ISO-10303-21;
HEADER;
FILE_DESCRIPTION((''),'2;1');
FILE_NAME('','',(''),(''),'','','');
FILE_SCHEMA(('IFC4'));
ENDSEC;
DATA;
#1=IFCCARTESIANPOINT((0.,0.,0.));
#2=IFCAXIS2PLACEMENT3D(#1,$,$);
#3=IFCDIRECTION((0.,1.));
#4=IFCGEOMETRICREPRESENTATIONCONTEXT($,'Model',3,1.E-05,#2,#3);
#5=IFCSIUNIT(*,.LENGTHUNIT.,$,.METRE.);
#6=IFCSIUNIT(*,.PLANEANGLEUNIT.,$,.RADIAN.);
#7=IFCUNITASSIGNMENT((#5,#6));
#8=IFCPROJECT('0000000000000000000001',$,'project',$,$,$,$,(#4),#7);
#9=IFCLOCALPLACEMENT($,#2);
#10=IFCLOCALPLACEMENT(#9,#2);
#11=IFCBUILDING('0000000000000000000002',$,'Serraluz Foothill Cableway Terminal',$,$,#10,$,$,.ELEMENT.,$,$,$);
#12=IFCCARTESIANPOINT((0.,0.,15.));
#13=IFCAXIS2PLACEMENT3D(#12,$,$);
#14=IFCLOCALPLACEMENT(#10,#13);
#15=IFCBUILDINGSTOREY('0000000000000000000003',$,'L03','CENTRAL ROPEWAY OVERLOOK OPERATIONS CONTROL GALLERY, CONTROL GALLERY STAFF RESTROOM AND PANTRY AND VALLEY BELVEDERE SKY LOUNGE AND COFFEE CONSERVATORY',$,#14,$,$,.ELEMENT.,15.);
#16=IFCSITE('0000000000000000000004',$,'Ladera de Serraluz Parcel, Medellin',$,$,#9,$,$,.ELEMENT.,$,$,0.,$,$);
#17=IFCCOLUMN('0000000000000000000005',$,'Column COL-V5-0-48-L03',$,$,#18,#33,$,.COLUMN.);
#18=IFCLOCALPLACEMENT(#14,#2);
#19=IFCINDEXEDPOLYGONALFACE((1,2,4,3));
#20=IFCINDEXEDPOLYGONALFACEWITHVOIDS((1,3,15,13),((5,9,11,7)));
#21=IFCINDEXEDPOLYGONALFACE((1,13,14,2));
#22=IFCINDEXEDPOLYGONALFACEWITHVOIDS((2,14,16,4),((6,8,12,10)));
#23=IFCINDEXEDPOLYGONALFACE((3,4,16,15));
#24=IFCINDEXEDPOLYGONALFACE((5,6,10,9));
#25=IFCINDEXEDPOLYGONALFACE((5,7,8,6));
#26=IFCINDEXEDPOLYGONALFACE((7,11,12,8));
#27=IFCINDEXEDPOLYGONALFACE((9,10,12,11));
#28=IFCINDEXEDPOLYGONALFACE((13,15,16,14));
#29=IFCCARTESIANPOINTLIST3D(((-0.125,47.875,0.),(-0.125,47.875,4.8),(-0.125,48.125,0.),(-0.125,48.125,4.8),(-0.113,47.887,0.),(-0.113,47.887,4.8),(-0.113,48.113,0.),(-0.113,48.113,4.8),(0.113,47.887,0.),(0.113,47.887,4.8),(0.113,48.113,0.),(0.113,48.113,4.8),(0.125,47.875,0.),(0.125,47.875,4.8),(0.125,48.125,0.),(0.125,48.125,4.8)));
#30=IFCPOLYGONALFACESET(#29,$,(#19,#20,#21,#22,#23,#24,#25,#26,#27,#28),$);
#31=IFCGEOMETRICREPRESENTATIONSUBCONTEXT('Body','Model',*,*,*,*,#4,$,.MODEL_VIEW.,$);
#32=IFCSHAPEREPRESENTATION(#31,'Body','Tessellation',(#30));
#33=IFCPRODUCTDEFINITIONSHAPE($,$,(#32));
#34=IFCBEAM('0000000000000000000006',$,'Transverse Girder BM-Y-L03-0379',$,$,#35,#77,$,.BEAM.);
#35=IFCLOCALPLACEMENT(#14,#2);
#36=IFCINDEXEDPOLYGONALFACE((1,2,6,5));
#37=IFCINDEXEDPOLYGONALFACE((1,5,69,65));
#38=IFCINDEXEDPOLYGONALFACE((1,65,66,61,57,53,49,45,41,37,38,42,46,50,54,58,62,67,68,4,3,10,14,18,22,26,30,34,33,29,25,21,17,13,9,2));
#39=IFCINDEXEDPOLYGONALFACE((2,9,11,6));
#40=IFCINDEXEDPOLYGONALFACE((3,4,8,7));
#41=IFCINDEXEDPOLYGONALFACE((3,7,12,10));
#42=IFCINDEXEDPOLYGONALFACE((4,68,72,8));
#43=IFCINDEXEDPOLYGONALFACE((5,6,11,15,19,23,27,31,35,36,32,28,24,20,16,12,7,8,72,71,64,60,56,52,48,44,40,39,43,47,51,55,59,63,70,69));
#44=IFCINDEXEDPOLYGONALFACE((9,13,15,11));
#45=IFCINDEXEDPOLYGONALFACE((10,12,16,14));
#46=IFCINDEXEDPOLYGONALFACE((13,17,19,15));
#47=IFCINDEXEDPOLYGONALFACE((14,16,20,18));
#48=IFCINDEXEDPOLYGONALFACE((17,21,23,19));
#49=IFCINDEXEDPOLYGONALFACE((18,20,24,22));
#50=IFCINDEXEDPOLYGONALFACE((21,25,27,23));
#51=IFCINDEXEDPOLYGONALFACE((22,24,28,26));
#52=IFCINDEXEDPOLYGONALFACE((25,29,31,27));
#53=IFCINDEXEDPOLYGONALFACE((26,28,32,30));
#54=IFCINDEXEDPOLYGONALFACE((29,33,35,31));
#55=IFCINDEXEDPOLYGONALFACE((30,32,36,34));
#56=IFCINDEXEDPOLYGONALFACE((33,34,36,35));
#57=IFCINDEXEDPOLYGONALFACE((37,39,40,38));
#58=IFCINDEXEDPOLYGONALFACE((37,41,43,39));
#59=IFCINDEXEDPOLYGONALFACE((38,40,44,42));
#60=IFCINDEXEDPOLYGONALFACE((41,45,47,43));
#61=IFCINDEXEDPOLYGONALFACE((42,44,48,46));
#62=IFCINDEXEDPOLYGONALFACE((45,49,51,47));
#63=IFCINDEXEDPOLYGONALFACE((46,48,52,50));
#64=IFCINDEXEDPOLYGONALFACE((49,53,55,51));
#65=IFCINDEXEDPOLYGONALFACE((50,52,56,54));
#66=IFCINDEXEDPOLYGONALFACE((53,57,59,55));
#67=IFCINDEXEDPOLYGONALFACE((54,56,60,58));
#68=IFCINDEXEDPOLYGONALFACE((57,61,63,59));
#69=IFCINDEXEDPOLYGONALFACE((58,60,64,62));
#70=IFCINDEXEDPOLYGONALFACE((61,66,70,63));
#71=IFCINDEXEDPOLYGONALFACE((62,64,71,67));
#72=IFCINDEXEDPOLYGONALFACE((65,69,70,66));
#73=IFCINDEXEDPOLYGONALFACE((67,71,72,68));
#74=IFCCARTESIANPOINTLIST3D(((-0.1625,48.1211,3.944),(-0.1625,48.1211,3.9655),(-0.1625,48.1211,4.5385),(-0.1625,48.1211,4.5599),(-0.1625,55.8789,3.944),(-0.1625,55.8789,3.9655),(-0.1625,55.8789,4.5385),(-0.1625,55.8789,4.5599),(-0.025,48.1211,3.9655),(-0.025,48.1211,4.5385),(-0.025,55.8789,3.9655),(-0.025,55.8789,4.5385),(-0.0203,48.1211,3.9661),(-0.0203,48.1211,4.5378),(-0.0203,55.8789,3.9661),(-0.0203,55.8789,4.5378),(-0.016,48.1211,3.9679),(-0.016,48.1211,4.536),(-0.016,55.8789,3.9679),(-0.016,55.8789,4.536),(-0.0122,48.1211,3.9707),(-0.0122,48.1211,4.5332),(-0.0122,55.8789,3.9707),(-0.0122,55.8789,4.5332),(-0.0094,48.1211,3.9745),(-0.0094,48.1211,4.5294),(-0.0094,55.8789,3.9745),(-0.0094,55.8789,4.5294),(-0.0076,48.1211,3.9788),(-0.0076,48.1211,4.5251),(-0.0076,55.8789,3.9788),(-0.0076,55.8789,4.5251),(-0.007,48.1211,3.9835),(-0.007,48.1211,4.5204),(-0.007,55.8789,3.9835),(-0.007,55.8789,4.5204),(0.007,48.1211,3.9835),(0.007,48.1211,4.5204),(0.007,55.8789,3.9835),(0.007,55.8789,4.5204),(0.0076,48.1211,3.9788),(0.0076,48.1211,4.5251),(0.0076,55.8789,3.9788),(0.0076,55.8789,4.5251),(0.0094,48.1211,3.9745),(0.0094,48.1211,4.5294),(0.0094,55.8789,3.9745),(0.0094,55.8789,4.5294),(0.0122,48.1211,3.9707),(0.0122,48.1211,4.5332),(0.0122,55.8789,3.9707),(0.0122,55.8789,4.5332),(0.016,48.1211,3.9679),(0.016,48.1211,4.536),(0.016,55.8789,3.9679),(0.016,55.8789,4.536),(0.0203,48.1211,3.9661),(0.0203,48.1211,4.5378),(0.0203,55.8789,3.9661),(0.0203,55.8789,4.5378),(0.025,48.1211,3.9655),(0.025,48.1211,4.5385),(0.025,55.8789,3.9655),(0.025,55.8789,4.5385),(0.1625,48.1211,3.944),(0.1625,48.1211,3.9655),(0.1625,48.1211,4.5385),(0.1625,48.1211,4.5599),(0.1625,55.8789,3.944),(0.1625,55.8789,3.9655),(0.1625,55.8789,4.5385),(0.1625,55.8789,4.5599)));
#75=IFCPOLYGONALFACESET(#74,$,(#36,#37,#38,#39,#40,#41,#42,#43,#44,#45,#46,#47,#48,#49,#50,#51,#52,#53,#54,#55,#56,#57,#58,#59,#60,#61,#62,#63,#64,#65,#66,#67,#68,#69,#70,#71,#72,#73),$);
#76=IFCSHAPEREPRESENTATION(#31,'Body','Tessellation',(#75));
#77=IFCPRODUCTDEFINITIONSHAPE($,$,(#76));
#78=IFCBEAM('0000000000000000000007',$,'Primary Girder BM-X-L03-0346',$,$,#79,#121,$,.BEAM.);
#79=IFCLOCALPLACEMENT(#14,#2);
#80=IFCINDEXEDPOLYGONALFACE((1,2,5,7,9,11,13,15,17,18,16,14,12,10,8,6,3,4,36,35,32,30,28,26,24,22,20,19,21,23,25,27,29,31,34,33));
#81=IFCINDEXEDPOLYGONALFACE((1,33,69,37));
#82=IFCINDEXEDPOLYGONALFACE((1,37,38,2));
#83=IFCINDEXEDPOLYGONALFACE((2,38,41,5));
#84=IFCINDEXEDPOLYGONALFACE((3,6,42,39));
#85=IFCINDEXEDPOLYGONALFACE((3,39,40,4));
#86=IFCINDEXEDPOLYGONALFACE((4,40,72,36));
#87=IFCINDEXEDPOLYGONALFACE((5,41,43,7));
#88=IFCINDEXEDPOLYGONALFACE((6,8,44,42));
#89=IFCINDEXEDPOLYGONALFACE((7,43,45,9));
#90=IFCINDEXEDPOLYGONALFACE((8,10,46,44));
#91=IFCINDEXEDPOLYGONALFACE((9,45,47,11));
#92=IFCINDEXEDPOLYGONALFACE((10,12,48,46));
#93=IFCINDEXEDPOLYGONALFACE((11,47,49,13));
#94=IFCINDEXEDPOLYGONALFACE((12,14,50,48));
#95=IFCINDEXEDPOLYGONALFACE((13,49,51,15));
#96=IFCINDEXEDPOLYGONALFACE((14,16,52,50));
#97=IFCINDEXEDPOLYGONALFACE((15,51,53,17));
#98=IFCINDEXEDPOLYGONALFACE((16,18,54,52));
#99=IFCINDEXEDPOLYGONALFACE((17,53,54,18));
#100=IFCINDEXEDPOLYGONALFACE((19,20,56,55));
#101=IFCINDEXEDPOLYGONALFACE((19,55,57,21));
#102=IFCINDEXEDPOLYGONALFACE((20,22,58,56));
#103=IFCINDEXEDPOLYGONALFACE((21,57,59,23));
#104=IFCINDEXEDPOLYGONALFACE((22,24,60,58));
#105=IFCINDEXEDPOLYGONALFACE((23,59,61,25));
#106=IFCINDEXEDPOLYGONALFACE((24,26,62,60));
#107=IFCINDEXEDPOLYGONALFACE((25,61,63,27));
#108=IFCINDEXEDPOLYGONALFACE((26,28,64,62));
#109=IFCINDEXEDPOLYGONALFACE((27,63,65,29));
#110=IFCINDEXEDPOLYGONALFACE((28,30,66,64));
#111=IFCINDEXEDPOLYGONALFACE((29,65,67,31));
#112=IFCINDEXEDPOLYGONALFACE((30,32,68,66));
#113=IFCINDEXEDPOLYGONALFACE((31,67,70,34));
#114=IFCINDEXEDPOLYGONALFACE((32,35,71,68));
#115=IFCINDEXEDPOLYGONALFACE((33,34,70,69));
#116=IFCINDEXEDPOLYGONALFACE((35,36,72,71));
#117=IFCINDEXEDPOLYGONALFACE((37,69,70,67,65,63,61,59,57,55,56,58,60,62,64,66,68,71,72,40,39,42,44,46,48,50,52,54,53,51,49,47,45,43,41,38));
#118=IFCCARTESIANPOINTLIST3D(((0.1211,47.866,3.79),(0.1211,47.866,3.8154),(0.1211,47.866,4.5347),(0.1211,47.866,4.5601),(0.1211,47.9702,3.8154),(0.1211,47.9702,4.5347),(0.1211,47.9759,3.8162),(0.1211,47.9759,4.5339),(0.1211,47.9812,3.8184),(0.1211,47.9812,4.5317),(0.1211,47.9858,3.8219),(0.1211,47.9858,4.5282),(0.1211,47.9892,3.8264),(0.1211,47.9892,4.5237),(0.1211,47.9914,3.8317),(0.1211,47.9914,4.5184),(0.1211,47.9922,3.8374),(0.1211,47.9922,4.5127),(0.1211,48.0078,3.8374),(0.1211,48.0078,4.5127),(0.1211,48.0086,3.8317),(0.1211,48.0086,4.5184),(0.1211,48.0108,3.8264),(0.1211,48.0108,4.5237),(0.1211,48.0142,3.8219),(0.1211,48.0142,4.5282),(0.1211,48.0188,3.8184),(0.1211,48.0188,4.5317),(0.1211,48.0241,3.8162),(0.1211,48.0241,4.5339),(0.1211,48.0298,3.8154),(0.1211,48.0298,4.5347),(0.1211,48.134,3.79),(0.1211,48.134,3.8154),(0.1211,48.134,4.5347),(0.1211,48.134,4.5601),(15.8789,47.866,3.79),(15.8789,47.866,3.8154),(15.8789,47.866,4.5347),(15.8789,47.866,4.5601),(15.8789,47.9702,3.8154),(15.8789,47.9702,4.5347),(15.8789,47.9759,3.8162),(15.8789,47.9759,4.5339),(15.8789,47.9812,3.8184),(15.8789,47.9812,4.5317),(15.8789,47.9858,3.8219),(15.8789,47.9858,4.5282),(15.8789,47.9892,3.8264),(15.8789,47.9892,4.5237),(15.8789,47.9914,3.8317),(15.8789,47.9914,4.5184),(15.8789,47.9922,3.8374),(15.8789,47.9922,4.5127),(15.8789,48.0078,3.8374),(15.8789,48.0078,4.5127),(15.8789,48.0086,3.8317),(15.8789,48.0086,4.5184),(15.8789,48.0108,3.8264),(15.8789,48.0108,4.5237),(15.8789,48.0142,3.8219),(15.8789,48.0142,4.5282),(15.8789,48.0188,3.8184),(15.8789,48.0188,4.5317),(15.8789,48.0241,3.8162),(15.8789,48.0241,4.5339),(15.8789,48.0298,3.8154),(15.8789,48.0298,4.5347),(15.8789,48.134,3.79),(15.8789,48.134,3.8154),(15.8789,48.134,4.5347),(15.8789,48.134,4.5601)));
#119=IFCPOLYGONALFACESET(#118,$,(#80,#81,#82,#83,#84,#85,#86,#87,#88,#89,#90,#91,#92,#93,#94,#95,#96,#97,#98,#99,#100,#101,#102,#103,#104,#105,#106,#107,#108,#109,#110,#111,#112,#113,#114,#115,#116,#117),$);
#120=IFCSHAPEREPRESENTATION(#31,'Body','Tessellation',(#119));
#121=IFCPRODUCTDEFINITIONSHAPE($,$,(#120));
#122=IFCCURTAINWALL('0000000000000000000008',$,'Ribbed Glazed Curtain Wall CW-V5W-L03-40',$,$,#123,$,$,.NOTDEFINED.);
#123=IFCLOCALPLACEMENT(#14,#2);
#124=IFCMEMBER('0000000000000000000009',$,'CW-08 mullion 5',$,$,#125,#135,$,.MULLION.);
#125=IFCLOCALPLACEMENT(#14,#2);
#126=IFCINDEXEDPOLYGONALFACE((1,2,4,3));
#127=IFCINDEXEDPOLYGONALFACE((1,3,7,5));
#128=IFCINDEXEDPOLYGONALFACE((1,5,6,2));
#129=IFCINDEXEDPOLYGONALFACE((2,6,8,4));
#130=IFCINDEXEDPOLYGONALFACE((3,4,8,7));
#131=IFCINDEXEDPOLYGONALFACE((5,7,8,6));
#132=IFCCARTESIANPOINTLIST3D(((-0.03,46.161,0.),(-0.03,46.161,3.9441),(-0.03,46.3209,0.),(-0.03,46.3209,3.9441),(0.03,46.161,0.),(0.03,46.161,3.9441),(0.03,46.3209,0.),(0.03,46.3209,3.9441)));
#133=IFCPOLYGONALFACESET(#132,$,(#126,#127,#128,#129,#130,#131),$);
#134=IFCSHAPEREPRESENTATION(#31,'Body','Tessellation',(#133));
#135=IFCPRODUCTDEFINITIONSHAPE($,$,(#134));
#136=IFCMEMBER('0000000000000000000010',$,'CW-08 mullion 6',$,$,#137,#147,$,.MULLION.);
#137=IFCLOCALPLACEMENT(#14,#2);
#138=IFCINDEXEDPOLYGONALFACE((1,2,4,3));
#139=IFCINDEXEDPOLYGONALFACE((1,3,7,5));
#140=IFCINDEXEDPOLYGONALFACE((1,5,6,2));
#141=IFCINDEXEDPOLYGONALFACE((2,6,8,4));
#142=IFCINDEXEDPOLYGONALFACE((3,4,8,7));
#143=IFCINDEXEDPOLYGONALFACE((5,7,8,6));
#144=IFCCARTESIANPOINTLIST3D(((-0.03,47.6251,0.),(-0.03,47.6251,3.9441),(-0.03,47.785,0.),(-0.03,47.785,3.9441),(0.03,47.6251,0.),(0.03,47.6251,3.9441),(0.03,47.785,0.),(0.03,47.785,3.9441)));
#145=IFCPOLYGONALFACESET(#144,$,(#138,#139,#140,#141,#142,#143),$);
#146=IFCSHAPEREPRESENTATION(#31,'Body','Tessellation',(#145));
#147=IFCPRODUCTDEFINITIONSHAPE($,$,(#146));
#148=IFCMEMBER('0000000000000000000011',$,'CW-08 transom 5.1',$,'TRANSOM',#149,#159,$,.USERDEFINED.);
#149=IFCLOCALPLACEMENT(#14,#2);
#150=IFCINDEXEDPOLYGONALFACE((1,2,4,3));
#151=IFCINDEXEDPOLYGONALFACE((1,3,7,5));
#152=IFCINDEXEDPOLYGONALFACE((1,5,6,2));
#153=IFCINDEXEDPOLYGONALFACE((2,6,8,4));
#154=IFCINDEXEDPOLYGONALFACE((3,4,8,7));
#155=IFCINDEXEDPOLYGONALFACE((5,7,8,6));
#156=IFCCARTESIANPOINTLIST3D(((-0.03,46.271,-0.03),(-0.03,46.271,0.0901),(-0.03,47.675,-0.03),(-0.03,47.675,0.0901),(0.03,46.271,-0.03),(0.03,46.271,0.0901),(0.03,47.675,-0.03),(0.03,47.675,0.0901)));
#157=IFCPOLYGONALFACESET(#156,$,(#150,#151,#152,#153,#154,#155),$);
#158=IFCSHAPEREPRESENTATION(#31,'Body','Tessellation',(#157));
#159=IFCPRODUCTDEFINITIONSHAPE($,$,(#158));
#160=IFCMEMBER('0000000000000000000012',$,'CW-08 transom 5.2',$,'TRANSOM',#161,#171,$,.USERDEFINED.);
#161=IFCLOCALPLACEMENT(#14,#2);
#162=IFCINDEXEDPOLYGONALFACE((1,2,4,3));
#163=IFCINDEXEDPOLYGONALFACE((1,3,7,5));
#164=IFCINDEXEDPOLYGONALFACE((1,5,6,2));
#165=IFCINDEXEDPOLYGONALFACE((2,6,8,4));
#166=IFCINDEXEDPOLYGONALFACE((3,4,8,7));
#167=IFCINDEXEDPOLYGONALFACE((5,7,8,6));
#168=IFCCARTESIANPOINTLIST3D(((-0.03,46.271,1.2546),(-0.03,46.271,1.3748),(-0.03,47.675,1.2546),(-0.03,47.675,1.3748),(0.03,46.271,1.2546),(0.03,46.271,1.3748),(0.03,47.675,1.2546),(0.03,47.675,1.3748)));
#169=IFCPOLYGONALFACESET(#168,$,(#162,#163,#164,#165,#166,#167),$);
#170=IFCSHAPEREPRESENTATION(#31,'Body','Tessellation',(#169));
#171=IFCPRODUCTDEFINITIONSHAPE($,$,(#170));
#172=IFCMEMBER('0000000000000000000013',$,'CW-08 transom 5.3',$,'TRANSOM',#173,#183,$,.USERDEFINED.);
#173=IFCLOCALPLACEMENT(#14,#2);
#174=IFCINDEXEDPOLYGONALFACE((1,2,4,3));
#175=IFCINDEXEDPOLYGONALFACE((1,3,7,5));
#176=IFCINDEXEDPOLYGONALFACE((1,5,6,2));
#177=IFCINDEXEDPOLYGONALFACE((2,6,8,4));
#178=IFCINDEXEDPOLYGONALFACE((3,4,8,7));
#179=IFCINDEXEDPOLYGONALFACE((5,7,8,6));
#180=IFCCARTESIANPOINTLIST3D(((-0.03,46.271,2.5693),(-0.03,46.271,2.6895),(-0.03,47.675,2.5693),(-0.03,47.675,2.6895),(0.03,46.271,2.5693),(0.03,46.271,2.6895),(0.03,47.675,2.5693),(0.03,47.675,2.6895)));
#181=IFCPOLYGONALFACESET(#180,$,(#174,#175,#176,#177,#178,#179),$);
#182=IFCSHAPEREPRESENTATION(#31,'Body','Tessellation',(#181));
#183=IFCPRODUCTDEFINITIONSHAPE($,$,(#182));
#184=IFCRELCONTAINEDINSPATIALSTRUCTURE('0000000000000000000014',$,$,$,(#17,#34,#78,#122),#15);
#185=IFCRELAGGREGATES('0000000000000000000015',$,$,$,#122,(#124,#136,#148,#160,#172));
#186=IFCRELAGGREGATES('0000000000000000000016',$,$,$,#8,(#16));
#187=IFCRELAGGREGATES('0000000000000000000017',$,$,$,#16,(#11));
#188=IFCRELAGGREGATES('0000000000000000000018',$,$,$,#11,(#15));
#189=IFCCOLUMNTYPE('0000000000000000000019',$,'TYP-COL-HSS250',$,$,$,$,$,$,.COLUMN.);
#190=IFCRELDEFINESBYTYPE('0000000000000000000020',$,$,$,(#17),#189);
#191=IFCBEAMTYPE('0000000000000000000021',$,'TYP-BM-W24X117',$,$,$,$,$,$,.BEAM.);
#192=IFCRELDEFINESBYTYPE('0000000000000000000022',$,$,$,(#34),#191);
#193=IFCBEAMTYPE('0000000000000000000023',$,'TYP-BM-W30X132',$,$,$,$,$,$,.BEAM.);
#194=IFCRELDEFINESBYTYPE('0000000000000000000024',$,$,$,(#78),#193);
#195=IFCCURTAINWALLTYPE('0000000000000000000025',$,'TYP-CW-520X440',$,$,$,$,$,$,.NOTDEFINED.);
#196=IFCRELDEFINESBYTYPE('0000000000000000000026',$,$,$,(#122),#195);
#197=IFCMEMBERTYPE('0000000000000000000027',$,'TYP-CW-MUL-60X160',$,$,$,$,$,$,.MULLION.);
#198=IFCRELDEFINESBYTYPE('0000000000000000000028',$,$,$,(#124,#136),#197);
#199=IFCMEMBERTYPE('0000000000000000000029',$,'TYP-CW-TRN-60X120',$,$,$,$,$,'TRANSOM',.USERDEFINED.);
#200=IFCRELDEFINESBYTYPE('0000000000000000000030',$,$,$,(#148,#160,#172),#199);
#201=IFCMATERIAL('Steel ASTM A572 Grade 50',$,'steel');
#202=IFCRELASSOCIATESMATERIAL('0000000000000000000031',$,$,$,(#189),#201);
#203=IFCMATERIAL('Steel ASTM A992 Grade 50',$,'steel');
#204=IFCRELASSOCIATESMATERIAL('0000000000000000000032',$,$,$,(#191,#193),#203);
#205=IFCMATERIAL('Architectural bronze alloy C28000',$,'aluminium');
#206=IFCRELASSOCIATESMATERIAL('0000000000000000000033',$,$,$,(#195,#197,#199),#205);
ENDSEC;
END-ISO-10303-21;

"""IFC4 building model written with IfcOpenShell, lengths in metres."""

from ifc_helpers import new_model, si_unit, direction, frame, origin, origin_2d, place, context, subcontext, project, spatial, rectangle, hollow_rectangle, i_section, extrude, material, material_profile, profile_set, type_object, element, aggregate, save


model = new_model("IFC4")

# Units and contexts
model_context = context("Model", 3, precision=1e-05, world=origin(), true_north=direction((0.0, 1.0)))
body_context = subcontext(model_context, "Body", "Model", "MODEL_VIEW")
ifc_project = project(units=[si_unit("LENGTHUNIT", "METRE"), si_unit("PLANEANGLEUNIT", "RADIAN")], contexts=[model_context])

# Site, building, storey
site_placement = place(None, origin())
site = spatial("IfcSite", under=ifc_project, at=site_placement, Name="Ladera de Serraluz Parcel, Medellin", CompositionType="ELEMENT", RefElevation=0.0)
building_placement = place(site_placement, origin())
building = spatial("IfcBuilding", under=site, at=building_placement, Name="Serraluz Foothill Cableway Terminal", CompositionType="ELEMENT")
storey_placement = place(building_placement, frame((0.0, 0.0, 15.0)))
storey = spatial("IfcBuildingStorey", under=building, at=storey_placement, Name="L03", Description="CENTRAL ROPEWAY OVERLOOK OPERATIONS CONTROL GALLERY, CONTROL GALLERY STAFF RESTROOM AND PANTRY AND VALLEY BELVEDERE SKY LOUNGE AND COFFEE CONSERVATORY", CompositionType="ELEMENT", Elevation=15.0)

# Column
ifc_material_1 = material(Name="Steel ASTM A572 Grade 50", Category="steel")
ifc_material_profile_1 = material_profile(ifc_material_1, hollow_rectangle(XDim=0.25, YDim=0.25, WallThickness=0.012, at=origin_2d()), Name="HSS250X250X12")
ifc_profile_set_1 = profile_set([ifc_material_profile_1], Name="Steel ASTM A572 Grade 50")
column_type = type_object("IfcColumnType", Name="TYP-COL-HSS250", PredefinedType="COLUMN", material=ifc_profile_set_1)
column_placement = place(storey_placement, frame((0.0, 48.0, 0.0), z_axis=(0.0, 0.0, 1.0), x_axis=(1.0, 0.0, 0.0)))
element("IfcColumn", 1, at=column_placement, inside=storey, type_object=column_type, Name="Column COL-V5-0-48-L03", PredefinedType="COLUMN", context=body_context, shape_type="SweptSolid", body=[
    extrude(hollow_rectangle(XDim=0.25, YDim=0.25, WallThickness=0.012, at=origin_2d()), origin(), (0.0, 0.0, 1.0), 4.8),
])

# Beams
ifc_material_2 = material(Name="Steel ASTM A992 Grade 50", Category="steel")
ifc_material_profile_2 = material_profile(ifc_material_2, i_section(OverallWidth=0.325, OverallDepth=0.616, WebThickness=0.0139, FlangeThickness=0.0215, FilletRadius=0.0181, at=origin_2d()), Name="W24X117")
ifc_profile_set_2 = profile_set([ifc_material_profile_2], Name="Steel ASTM A992 Grade 50")
beam_type_1 = type_object("IfcBeamType", Name="TYP-BM-W24X117", PredefinedType="BEAM", material=ifc_profile_set_2)
beam_1_placement = place(storey_placement, frame((0.0, 48.1211, 4.252), z_axis=(0.0, 1.0, 0.0), x_axis=(-1.0, 0.0, 0.0)))
element("IfcBeam", 2, at=beam_1_placement, inside=storey, type_object=beam_type_1, Name="Transverse Girder BM-Y-L03-0379", PredefinedType="BEAM", context=body_context, shape_type="SweptSolid", body=[
    extrude(i_section(OverallWidth=0.325, OverallDepth=0.616, WebThickness=0.0139, FlangeThickness=0.0215, FilletRadius=0.0181, at=origin_2d()), origin(), (0.0, 0.0, 1.0), 7.7578),
])
ifc_material_profile_3 = material_profile(ifc_material_2, i_section(OverallWidth=0.2681, OverallDepth=0.77, WebThickness=0.0156, FlangeThickness=0.0254, FilletRadius=0.022, at=origin_2d()), Name="W30X132")
ifc_profile_set_3 = profile_set([ifc_material_profile_3], Name="Steel ASTM A992 Grade 50")
beam_type_2 = type_object("IfcBeamType", Name="TYP-BM-W30X132", PredefinedType="BEAM", material=ifc_profile_set_3)
beam_2_placement = place(storey_placement, frame((0.1211, 48.0, 4.175), z_axis=(1.0, 0.0, 0.0), x_axis=(0.0, 1.0, 0.0)))
element("IfcBeam", 3, at=beam_2_placement, inside=storey, type_object=beam_type_2, Name="Primary Girder BM-X-L03-0346", PredefinedType="BEAM", context=body_context, shape_type="SweptSolid", body=[
    extrude(i_section(OverallWidth=0.2681, OverallDepth=0.77, WebThickness=0.0156, FlangeThickness=0.0254, FilletRadius=0.022, at=origin_2d()), origin(), (0.0, 0.0, 1.0), 15.7578),
])

# Curtain wall, members
ifc_material_3 = material(Name="Architectural bronze alloy C28000", Category="aluminium")
curtain_wall_type = type_object("IfcCurtainWallType", Name="TYP-CW-520X440", PredefinedType="NOTDEFINED", material=ifc_material_3)
curtain_wall_placement = place(storey_placement, origin())
curtain_wall = element("IfcCurtainWall", 4, at=curtain_wall_placement, inside=storey, type_object=curtain_wall_type, Name="Ribbed Glazed Curtain Wall CW-V5W-L03-40", PredefinedType="NOTDEFINED")
ifc_material_profile_4 = material_profile(ifc_material_3, rectangle(XDim=0.0601, YDim=0.1599, at=origin_2d()), Name="ALU MULLION 60x160")
ifc_profile_set_4 = profile_set([ifc_material_profile_4], Name="Architectural bronze alloy C28000")
member_type_1 = type_object("IfcMemberType", Name="TYP-CW-MUL-60X160", PredefinedType="MULLION", material=ifc_profile_set_4)
member_1_placement = place(storey_placement, frame((0.0, 46.241, 0.0), z_axis=(0.0, 0.0, 1.0), x_axis=(-1.0, 0.0, 0.0)))
member_1 = element("IfcMember", 5, at=member_1_placement, type_object=member_type_1, Name="CW-08 mullion 5", PredefinedType="MULLION", context=body_context, shape_type="SweptSolid", body=[
    extrude(rectangle(XDim=0.0601, YDim=0.1599, at=origin_2d()), origin(), (0.0, 0.0, 1.0), 3.9441),
])
member_2_placement = place(storey_placement, frame((0.0, 47.7051, 0.0), z_axis=(0.0, 0.0, 1.0), x_axis=(-1.0, 0.0, 0.0)))
member_2 = element("IfcMember", 6, at=member_2_placement, type_object=member_type_1, Name="CW-08 mullion 6", PredefinedType="MULLION", context=body_context, shape_type="SweptSolid", body=[
    extrude(rectangle(XDim=0.0601, YDim=0.1599, at=origin_2d()), origin(), (0.0, 0.0, 1.0), 3.9441),
])
ifc_material_profile_5 = material_profile(ifc_material_3, rectangle(XDim=0.0601, YDim=0.1201, at=origin_2d()), Name="ALU TRANSOM 60x120")
ifc_profile_set_5 = profile_set([ifc_material_profile_5], Name="Architectural bronze alloy C28000")
member_type_2 = type_object("IfcMemberType", Name="TYP-CW-TRN-60X120", ElementType="TRANSOM", PredefinedType="USERDEFINED", material=ifc_profile_set_5)
member_3_placement = place(storey_placement, frame((0.0, 46.271, 0.03), z_axis=(0.0, 1.0, 0.0), x_axis=(-1.0, 0.0, 0.0)))
member_3 = element("IfcMember", 7, at=member_3_placement, type_object=member_type_2, Name="CW-08 transom 5.1", ObjectType="TRANSOM", PredefinedType="USERDEFINED", context=body_context, shape_type="SweptSolid", body=[
    extrude(rectangle(XDim=0.0601, YDim=0.1201, at=origin_2d()), origin(), (0.0, 0.0, 1.0), 1.4041),
])
member_4_placement = place(storey_placement, frame((0.0, 46.271, 1.3147), z_axis=(0.0, 1.0, 0.0), x_axis=(-1.0, 0.0, 0.0)))
member_4 = element("IfcMember", 8, at=member_4_placement, type_object=member_type_2, Name="CW-08 transom 5.2", ObjectType="TRANSOM", PredefinedType="USERDEFINED", context=body_context, shape_type="SweptSolid", body=[
    extrude(rectangle(XDim=0.0601, YDim=0.1201, at=origin_2d()), origin(), (0.0, 0.0, 1.0), 1.4041),
])
member_5_placement = place(storey_placement, frame((0.0, 46.271, 2.6294), z_axis=(0.0, 1.0, 0.0), x_axis=(-1.0, 0.0, 0.0)))
member_5 = element("IfcMember", 9, at=member_5_placement, type_object=member_type_2, Name="CW-08 transom 5.3", ObjectType="TRANSOM", PredefinedType="USERDEFINED", context=body_context, shape_type="SweptSolid", body=[
    extrude(rectangle(XDim=0.0601, YDim=0.1201, at=origin_2d()), origin(), (0.0, 0.0, 1.0), 1.4041),
])
aggregate(curtain_wall, [member_1, member_2, member_3, member_4, member_5])

save(model, "model.ifc")
